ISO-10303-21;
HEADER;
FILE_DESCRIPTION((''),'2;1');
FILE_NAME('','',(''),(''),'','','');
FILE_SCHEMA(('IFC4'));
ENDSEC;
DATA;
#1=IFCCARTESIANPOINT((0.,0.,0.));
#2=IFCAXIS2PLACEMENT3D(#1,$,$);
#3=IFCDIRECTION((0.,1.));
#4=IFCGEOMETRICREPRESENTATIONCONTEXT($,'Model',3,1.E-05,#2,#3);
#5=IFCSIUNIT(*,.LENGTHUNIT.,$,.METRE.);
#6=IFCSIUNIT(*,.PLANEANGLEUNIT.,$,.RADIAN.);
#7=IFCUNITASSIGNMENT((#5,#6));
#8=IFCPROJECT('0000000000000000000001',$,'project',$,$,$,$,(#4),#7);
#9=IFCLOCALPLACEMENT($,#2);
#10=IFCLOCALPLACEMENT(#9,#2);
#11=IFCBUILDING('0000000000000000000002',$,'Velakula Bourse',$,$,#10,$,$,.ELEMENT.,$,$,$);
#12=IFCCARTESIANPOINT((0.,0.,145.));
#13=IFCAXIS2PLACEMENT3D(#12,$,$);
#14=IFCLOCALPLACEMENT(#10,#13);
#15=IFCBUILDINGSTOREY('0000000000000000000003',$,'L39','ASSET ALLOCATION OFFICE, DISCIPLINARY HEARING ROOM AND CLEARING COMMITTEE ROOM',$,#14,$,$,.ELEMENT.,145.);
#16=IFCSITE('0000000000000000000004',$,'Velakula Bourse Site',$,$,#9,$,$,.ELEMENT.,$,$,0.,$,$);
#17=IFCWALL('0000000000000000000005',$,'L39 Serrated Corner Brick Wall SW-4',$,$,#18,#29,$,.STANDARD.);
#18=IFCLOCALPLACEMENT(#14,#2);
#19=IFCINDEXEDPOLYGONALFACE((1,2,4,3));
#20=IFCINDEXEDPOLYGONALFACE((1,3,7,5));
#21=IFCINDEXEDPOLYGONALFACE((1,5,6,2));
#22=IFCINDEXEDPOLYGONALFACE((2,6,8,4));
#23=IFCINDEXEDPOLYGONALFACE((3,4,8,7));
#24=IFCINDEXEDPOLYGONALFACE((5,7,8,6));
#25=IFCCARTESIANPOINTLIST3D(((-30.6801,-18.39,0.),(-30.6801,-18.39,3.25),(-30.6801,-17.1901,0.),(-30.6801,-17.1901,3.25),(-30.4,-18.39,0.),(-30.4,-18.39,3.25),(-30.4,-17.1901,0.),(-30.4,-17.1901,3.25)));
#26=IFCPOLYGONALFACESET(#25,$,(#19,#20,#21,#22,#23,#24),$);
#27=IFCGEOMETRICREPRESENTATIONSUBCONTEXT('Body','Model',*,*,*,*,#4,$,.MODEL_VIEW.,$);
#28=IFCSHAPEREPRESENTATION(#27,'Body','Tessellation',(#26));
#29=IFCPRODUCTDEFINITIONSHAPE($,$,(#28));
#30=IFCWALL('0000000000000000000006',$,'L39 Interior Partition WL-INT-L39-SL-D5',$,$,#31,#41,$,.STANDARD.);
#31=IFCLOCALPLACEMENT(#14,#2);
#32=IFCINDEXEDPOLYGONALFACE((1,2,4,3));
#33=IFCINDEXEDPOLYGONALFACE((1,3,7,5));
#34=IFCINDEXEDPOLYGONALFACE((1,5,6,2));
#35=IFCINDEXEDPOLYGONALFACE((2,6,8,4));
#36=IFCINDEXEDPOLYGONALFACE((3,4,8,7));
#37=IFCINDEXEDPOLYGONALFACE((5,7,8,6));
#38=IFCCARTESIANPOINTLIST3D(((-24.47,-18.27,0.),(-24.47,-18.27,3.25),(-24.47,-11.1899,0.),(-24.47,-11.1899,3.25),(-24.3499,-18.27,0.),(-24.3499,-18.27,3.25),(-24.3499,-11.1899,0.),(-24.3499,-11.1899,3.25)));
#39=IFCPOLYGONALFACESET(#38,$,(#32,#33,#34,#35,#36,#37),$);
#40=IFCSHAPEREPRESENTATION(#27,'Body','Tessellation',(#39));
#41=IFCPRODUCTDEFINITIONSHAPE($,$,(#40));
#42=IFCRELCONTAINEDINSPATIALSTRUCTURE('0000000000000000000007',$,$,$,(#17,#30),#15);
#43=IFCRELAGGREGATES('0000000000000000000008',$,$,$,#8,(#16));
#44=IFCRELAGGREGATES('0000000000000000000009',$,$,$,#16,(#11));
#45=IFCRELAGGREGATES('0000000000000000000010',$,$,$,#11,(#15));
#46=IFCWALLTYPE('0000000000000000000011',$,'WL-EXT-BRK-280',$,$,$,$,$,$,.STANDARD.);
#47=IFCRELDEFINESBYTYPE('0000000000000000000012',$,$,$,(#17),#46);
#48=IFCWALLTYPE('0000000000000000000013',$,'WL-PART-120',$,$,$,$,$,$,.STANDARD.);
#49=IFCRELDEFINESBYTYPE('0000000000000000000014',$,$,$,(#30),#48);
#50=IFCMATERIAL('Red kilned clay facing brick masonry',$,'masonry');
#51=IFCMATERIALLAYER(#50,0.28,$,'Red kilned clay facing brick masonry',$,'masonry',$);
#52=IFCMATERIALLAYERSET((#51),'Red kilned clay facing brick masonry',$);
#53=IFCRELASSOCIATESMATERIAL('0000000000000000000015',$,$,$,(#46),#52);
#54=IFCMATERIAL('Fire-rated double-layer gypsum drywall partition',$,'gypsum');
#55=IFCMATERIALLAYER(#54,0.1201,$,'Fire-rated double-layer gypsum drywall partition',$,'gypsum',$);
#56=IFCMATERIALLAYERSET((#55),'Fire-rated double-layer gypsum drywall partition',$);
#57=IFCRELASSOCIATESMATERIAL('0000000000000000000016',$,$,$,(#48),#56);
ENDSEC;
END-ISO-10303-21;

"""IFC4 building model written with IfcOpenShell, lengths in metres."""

from ifc_helpers import new_model, si_unit, direction, frame, frame_2d, origin, place, context, subcontext, project, spatial, rectangle, extrude, material, layer, layer_set, type_object, element, save


model = new_model("IFC4")

# Units and contexts
model_context = context("Model", 3, precision=1e-05, world=origin(), true_north=direction((0.0, 1.0)))
body_context = subcontext(model_context, "Body", "Model", "MODEL_VIEW")
ifc_project = project(units=[si_unit("LENGTHUNIT", "METRE"), si_unit("PLANEANGLEUNIT", "RADIAN")], contexts=[model_context])

# Site, building, storey
site_placement = place(None, origin())
site = spatial("IfcSite", under=ifc_project, at=site_placement, Name="Velakula Bourse Site", CompositionType="ELEMENT", RefElevation=0.0)
building_placement = place(site_placement, origin())
building = spatial("IfcBuilding", under=site, at=building_placement, Name="Velakula Bourse", CompositionType="ELEMENT")
storey_placement = place(building_placement, frame((0.0, 0.0, 145.0)))
storey = spatial("IfcBuildingStorey", under=building, at=storey_placement, Name="L39", Description="ASSET ALLOCATION OFFICE, DISCIPLINARY HEARING ROOM AND CLEARING COMMITTEE ROOM", CompositionType="ELEMENT", Elevation=145.0)

# Shared definitions
ifc_material_1 = material(Name="Red kilned clay facing brick masonry", Category="masonry")
ifc_layer_1 = layer(ifc_material_1, 0.28, Name="Red kilned clay facing brick masonry", Category="masonry")
ifc_layer_set_1 = layer_set([ifc_layer_1], Name="Red kilned clay facing brick masonry")
wall_type_1 = type_object("IfcWallType", Name="WL-EXT-BRK-280", PredefinedType="STANDARD", material=ifc_layer_set_1)

# Walls
for number, where, z_axis, x_axis, name in (
    (1, (-30.54, -17.1899, 0.0), (0.0, 0.0, 1.0), (0.0, -1.0, 0.0), "L39 Serrated Corner Brick Wall SW-4"),
):
    element("IfcWall", number, at=place(storey_placement, frame(where, z_axis=z_axis, x_axis=x_axis)), inside=storey, type_object=wall_type_1, Name=name, PredefinedType="STANDARD", context=body_context, shape_type="SweptSolid", body=[
        extrude(rectangle(XDim=1.2, YDim=0.28, at=frame_2d((0.6001, 0.0))), origin(), (0.0, 0.0, 1.0), 3.25),
    ])
ifc_material_2 = material(Name="Fire-rated double-layer gypsum drywall partition", Category="gypsum")
ifc_layer_2 = layer(ifc_material_2, 0.1201, Name="Fire-rated double-layer gypsum drywall partition", Category="gypsum")
ifc_layer_set_2 = layer_set([ifc_layer_2], Name="Fire-rated double-layer gypsum drywall partition")
wall_type_2 = type_object("IfcWallType", Name="WL-PART-120", PredefinedType="STANDARD", material=ifc_layer_set_2)
wall_1_placement = place(storey_placement, frame((-24.4099, -18.27, 0.0), z_axis=(0.0, 0.0, 1.0), x_axis=(0.0, 1.0, 0.0)))
element("IfcWall", 2, at=wall_1_placement, inside=storey, type_object=wall_type_2, Name="L39 Interior Partition WL-INT-L39-SL-D5", PredefinedType="STANDARD", context=body_context, shape_type="SweptSolid", body=[
    extrude(rectangle(XDim=7.0801, YDim=0.1201, at=frame_2d((3.54, 0.0))), origin(), (0.0, 0.0, 1.0), 3.25),
])

save(model, "model.ifc")
